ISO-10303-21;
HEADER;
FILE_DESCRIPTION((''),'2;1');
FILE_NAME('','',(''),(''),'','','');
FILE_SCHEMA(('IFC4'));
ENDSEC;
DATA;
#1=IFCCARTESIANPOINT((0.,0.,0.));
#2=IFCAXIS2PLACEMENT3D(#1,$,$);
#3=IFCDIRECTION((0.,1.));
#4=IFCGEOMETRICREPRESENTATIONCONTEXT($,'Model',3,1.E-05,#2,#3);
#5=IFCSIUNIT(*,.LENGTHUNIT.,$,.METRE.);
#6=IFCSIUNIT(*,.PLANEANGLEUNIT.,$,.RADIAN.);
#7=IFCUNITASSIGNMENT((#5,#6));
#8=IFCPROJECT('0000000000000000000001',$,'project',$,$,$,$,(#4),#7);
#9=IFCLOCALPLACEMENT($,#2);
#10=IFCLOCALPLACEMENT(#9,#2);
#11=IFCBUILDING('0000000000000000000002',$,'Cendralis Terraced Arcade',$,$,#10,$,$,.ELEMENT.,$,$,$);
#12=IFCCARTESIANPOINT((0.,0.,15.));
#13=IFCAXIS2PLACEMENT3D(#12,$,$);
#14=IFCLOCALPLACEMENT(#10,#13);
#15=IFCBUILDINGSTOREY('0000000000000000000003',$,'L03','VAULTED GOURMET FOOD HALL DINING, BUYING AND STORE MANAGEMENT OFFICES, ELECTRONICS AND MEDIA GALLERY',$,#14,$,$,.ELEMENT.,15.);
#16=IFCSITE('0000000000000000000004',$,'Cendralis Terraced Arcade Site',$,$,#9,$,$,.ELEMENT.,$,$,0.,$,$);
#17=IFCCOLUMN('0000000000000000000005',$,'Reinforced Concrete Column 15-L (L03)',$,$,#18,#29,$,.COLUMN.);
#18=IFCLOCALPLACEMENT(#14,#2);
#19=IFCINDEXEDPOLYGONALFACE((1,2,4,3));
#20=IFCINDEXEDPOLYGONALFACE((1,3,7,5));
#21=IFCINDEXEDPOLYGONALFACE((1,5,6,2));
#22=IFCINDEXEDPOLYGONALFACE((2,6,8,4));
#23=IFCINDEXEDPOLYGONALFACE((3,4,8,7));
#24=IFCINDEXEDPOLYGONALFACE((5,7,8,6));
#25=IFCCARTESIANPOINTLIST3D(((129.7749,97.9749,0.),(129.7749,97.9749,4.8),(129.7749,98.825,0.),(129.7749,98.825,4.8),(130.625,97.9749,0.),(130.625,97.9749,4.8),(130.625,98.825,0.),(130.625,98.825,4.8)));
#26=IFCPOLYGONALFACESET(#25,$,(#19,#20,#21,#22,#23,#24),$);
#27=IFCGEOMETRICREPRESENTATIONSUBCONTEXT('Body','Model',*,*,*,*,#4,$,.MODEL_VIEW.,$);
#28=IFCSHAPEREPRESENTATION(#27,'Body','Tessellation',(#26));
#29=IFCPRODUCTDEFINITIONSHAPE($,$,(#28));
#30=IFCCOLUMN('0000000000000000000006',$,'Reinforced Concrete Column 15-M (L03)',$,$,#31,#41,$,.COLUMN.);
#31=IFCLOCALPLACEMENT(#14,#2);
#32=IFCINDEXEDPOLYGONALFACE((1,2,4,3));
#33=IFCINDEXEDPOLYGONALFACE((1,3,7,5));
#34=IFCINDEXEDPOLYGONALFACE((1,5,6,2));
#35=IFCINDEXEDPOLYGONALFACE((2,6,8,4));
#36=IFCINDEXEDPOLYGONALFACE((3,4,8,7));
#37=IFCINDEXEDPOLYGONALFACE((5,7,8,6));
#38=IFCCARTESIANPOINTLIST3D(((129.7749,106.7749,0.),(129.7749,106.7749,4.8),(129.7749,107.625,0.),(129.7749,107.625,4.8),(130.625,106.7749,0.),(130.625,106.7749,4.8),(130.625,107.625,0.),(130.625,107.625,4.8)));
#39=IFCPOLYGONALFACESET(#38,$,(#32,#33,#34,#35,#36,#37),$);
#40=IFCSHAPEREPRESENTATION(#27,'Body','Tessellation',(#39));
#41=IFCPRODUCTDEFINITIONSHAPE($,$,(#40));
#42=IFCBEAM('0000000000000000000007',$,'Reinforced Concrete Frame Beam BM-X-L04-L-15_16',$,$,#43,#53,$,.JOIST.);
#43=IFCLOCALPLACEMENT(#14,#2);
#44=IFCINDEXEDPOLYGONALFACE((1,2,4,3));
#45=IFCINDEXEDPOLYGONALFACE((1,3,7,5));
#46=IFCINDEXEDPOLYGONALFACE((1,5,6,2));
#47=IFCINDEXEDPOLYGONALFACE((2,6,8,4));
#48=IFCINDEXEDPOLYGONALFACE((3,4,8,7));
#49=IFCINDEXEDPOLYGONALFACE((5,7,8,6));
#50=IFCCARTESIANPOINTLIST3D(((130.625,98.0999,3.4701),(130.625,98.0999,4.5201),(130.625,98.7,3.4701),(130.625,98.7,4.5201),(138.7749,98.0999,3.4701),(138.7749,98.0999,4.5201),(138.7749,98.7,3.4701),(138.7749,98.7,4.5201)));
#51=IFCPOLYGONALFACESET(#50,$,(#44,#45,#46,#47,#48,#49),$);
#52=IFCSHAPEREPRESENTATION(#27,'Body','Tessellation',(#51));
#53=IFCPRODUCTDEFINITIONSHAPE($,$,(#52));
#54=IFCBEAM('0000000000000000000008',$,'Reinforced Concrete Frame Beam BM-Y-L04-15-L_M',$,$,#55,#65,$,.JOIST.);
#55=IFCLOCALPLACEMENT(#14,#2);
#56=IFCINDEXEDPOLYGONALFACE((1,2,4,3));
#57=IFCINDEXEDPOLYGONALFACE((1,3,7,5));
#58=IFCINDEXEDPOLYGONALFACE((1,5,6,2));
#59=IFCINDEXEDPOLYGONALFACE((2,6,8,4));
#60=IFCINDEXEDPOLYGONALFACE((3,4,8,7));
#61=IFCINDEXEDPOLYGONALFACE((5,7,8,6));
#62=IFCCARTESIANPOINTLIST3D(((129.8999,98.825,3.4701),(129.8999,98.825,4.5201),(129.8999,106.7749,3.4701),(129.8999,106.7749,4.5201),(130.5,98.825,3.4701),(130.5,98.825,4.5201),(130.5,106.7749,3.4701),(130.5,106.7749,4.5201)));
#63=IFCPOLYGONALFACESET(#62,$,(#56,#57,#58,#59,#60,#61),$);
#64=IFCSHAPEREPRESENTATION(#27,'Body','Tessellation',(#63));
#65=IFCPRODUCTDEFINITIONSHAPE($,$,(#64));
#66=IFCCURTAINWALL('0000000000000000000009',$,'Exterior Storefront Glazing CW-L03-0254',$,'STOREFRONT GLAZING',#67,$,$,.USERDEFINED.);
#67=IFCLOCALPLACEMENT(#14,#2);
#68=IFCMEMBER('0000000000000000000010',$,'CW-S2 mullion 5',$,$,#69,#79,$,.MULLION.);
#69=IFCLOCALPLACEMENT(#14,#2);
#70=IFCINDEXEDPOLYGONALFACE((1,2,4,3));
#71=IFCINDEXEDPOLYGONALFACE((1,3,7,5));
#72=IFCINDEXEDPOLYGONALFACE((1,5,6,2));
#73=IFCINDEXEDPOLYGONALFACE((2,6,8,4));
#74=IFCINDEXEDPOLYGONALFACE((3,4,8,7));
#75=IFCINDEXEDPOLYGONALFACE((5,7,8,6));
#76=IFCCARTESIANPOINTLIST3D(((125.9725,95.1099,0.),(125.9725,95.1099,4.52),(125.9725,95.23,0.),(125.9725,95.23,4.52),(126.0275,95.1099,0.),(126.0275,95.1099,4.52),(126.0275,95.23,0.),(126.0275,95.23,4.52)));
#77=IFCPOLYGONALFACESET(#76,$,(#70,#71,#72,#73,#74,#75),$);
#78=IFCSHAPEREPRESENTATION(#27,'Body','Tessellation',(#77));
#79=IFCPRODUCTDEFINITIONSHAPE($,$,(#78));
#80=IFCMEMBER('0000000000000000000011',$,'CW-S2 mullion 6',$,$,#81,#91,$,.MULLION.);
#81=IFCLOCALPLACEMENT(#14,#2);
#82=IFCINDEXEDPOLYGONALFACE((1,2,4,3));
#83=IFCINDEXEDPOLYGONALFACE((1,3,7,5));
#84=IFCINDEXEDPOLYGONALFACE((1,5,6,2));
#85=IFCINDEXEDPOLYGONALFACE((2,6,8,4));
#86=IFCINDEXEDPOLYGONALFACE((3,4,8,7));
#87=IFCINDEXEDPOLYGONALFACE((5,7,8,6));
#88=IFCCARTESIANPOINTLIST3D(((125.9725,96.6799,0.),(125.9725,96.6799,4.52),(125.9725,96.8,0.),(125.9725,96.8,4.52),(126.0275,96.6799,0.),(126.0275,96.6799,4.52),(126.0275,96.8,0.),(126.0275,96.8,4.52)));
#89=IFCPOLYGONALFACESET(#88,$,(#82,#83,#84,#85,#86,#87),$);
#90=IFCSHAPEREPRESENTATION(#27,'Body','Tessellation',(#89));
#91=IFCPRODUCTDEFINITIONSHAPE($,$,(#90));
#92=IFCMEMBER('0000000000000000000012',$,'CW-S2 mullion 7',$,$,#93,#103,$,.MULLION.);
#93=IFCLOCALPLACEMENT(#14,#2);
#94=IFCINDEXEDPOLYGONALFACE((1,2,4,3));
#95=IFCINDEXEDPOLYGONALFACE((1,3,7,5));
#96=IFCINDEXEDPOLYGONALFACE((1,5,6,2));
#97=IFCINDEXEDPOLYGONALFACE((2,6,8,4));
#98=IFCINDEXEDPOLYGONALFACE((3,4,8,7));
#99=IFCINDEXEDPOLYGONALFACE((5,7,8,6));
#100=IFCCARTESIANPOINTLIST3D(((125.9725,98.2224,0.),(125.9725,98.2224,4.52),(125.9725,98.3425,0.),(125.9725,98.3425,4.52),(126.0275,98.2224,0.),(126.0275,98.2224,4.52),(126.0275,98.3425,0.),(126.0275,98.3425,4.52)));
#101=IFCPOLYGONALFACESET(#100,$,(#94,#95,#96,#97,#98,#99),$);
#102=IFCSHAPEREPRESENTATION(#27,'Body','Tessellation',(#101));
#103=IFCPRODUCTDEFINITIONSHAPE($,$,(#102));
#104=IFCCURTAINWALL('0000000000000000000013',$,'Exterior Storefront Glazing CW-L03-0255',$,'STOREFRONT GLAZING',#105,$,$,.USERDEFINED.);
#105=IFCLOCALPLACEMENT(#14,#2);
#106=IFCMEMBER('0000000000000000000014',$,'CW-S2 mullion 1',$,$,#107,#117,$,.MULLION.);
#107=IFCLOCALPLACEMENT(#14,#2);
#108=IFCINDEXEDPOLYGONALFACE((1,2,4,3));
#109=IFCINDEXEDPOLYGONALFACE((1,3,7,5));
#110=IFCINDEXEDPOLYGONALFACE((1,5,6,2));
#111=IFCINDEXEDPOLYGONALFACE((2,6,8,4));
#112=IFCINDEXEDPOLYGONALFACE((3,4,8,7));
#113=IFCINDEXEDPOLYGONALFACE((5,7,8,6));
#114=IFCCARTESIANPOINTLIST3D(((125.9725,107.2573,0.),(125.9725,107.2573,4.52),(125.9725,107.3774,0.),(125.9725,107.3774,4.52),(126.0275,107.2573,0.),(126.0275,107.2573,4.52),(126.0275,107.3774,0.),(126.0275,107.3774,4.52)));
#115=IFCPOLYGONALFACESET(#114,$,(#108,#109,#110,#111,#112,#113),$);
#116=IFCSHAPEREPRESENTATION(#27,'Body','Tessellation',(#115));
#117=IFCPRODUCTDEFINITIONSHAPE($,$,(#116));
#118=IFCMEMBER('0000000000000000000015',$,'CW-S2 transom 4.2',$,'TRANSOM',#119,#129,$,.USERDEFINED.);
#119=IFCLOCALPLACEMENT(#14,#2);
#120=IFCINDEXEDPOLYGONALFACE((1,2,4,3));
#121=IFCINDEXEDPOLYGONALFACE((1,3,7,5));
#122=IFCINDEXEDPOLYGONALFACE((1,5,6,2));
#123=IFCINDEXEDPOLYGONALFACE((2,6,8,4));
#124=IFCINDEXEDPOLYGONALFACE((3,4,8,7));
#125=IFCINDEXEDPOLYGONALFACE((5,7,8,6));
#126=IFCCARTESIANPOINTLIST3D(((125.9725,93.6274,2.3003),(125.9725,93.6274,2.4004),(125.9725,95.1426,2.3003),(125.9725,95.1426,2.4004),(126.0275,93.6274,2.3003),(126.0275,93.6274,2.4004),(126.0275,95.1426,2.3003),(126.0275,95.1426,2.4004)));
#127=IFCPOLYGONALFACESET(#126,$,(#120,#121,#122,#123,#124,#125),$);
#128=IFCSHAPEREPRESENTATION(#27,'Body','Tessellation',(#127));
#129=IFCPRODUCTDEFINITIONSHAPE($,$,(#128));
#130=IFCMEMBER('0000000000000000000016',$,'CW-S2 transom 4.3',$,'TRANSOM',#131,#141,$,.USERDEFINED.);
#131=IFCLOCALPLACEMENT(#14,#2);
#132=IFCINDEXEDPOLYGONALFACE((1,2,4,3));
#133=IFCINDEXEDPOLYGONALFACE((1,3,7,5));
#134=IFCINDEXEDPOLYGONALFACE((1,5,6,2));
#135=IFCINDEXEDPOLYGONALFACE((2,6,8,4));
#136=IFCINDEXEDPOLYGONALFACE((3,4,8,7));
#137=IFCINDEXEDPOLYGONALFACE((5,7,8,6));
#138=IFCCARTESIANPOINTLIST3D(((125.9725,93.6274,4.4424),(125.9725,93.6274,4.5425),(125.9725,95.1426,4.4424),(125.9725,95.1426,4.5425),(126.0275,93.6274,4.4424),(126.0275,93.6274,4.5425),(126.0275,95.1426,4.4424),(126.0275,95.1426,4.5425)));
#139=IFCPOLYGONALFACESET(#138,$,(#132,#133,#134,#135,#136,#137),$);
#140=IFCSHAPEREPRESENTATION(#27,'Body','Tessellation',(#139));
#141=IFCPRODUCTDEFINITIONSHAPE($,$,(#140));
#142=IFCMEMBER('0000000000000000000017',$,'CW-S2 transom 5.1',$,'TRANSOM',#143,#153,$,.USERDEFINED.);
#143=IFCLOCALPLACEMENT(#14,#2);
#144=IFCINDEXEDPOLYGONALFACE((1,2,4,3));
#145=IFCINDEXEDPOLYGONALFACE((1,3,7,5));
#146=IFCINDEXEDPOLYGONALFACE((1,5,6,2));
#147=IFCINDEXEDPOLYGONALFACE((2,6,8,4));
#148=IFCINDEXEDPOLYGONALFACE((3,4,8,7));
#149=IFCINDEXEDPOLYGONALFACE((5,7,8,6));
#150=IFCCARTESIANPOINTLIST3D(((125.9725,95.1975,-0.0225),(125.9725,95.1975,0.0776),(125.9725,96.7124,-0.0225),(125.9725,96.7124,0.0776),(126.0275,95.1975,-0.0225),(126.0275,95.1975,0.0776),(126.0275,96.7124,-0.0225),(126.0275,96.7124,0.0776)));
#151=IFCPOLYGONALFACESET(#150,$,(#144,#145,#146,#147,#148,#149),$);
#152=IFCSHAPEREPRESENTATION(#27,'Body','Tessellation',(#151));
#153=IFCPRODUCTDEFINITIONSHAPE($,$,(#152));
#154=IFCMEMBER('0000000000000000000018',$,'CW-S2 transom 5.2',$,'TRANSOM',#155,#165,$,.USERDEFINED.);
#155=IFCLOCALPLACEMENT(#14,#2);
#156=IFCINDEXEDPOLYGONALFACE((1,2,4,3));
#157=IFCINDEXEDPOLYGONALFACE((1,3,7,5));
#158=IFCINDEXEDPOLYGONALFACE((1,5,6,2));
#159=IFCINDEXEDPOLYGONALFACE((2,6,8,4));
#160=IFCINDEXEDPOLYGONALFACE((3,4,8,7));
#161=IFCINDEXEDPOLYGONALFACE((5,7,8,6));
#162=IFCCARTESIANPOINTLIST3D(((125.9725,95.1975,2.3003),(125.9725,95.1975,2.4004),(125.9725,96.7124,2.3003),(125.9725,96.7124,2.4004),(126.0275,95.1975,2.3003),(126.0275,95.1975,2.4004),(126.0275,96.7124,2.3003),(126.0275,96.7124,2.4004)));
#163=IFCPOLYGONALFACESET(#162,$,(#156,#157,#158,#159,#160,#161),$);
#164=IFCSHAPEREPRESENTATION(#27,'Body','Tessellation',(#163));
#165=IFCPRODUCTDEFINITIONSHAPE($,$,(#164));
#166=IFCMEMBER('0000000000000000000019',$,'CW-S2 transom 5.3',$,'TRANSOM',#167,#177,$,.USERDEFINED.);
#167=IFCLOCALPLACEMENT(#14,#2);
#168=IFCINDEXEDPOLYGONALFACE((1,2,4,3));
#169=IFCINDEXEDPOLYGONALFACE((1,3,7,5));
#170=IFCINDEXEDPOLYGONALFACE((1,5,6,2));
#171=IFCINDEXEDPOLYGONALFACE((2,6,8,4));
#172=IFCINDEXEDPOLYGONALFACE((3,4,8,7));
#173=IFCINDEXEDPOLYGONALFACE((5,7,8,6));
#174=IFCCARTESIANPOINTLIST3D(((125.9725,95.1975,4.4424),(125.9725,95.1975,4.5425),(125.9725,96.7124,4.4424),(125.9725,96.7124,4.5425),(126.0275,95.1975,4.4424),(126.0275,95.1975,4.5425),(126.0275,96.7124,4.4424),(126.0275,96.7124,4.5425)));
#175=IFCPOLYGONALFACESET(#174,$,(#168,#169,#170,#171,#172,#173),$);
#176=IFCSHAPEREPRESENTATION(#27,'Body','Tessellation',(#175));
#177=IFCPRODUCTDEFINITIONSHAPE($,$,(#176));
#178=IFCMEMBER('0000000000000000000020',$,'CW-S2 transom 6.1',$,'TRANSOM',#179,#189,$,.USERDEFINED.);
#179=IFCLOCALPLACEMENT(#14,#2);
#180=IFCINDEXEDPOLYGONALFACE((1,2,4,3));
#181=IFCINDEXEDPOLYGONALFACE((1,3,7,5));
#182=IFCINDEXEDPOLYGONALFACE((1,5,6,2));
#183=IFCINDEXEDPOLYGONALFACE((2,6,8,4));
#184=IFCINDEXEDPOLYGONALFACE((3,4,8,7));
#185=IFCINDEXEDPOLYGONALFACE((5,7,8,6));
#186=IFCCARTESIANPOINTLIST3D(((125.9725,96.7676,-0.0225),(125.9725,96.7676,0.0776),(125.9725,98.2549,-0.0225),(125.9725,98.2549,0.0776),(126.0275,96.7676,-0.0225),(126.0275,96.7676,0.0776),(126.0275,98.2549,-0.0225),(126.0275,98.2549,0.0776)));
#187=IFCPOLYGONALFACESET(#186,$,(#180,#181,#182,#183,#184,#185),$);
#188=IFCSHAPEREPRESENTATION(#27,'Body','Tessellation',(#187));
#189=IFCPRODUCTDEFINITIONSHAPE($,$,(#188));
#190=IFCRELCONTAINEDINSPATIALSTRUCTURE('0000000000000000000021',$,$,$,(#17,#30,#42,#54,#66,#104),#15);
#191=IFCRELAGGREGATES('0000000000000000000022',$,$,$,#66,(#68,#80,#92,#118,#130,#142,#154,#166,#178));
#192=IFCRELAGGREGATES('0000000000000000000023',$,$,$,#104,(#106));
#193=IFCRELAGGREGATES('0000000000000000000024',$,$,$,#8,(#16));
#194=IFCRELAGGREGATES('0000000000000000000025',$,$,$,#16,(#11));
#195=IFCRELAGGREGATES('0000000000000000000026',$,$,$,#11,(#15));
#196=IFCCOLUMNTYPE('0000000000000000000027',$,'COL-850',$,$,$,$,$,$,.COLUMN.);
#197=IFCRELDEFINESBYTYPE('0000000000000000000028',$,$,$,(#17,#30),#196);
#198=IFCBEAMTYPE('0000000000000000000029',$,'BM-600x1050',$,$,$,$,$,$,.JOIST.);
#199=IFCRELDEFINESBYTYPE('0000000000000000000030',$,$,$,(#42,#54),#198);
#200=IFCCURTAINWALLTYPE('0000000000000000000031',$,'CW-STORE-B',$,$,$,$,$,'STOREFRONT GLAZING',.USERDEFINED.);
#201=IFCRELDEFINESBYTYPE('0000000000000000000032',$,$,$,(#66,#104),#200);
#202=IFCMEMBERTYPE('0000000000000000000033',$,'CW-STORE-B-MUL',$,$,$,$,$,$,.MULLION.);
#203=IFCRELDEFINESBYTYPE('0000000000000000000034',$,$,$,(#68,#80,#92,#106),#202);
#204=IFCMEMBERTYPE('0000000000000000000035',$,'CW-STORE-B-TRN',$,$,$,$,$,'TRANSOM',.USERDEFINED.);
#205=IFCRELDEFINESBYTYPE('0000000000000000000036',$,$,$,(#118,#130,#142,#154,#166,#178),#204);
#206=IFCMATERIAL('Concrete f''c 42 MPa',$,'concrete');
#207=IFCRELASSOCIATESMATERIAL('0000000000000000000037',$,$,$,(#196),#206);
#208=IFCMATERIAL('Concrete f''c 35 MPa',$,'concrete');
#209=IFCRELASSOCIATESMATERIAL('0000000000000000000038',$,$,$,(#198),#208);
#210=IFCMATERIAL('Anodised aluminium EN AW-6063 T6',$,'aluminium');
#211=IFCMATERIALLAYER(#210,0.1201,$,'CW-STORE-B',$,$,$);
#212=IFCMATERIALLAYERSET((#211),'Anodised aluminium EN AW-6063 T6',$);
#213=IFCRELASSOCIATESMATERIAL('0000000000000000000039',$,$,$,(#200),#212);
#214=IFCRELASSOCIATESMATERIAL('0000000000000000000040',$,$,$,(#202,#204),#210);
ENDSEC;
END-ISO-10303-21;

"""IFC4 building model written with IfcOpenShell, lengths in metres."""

from ifc_helpers import new_model, si_unit, direction, frame, origin, origin_2d, place, context, subcontext, project, spatial, rectangle, extrude, material, layer, layer_set, material_profile, profile_set, type_object, element, aggregate, save


model = new_model("IFC4")

# Units and contexts
model_context = context("Model", 3, precision=1e-05, world=origin(), true_north=direction((0.0, 1.0)))
body_context = subcontext(model_context, "Body", "Model", "MODEL_VIEW")
ifc_project = project(units=[si_unit("LENGTHUNIT", "METRE"), si_unit("PLANEANGLEUNIT", "RADIAN")], contexts=[model_context])

# Site, building, storey
site_placement = place(None, origin())
site = spatial("IfcSite", under=ifc_project, at=site_placement, Name="Cendralis Terraced Arcade Site", CompositionType="ELEMENT", RefElevation=0.0)
building_placement = place(site_placement, origin())
building = spatial("IfcBuilding", under=site, at=building_placement, Name="Cendralis Terraced Arcade", CompositionType="ELEMENT")
storey_placement = place(building_placement, frame((0.0, 0.0, 15.0)))
storey = spatial("IfcBuildingStorey", under=building, at=storey_placement, Name="L03", Description="VAULTED GOURMET FOOD HALL DINING, BUYING AND STORE MANAGEMENT OFFICES, ELECTRONICS AND MEDIA GALLERY", CompositionType="ELEMENT", Elevation=15.0)

# Columns
ifc_material_1 = material(Name="Concrete f'c 42 MPa", Category="concrete")
ifc_material_profile_1 = material_profile(ifc_material_1, rectangle(XDim=0.8501, YDim=0.8501, at=origin_2d()), Name="RC-COL-850x850", Category="LoadBearing")
ifc_profile_set_1 = profile_set([ifc_material_profile_1], Name="Concrete f'c 42 MPa")
column_type = type_object("IfcColumnType", Name="COL-850", PredefinedType="COLUMN", material=ifc_profile_set_1)
for number, where, z_axis, x_axis, name in (
    (1, (130.2, 98.3999, 0.0), (0.0, 0.0, 1.0), (1.0, 0.0, 0.0), "Reinforced Concrete Column 15-L (L03)"),
    (2, (130.2, 107.2, 0.0), (0.0, 0.0, 1.0), (1.0, 0.0, 0.0), "Reinforced Concrete Column 15-M (L03)"),
):
    element("IfcColumn", number, at=place(storey_placement, frame(where, z_axis=z_axis, x_axis=x_axis)), inside=storey, type_object=column_type, Name=name, PredefinedType="COLUMN", context=body_context, shape_type="SweptSolid", body=[
        extrude(rectangle(XDim=0.8501, YDim=0.8501, at=origin_2d()), origin(), (0.0, 0.0, 1.0), 4.8),
    ])

# Beams
ifc_material_2 = material(Name="Concrete f'c 35 MPa", Category="concrete")
ifc_material_profile_2 = material_profile(ifc_material_2, rectangle(XDim=0.6001, YDim=1.05, at=origin_2d()), Name="RC-BM-600x1050", Category="LoadBearing")
ifc_profile_set_2 = profile_set([ifc_material_profile_2], Name="Concrete f'c 35 MPa")
beam_type = type_object("IfcBeamType", Name="BM-600x1050", PredefinedType="JOIST", material=ifc_profile_set_2)
beam_1_placement = place(storey_placement, frame((130.625, 98.3999, 3.9951), z_axis=(1.0, 0.0, 0.0), x_axis=(0.0, 1.0, 0.0)))
element("IfcBeam", 3, at=beam_1_placement, inside=storey, type_object=beam_type, Name="Reinforced Concrete Frame Beam BM-X-L04-L-15_16", PredefinedType="JOIST", context=body_context, shape_type="SweptSolid", body=[
    extrude(rectangle(XDim=0.6001, YDim=1.05, at=origin_2d()), origin(), (0.0, 0.0, 1.0), 8.1499),
])
beam_2_placement = place(storey_placement, frame((130.2, 98.825, 3.9951), z_axis=(0.0, 1.0, 0.0), x_axis=(-1.0, 0.0, 0.0)))
element("IfcBeam", 4, at=beam_2_placement, inside=storey, type_object=beam_type, Name="Reinforced Concrete Frame Beam BM-Y-L04-15-L_M", PredefinedType="JOIST", context=body_context, shape_type="SweptSolid", body=[
    extrude(rectangle(XDim=0.6001, YDim=1.05, at=origin_2d()), origin(), (0.0, 0.0, 1.0), 7.95),
])

# Curtain wall, members
ifc_material_3 = material(Name="Anodised aluminium EN AW-6063 T6", Category="aluminium")
ifc_layer_1 = layer(ifc_material_3, 0.1201, Name="CW-STORE-B")
ifc_layer_set_1 = layer_set([ifc_layer_1], Name="Anodised aluminium EN AW-6063 T6")
curtain_wall_type = type_object("IfcCurtainWallType", Name="CW-STORE-B", ElementType="STOREFRONT GLAZING", PredefinedType="USERDEFINED", material=ifc_layer_set_1)
curtain_wall_1_placement = place(storey_placement, origin())
curtain_wall_1 = element("IfcCurtainWall", 5, at=curtain_wall_1_placement, inside=storey, type_object=curtain_wall_type, Name="Exterior Storefront Glazing CW-L03-0254", ObjectType="STOREFRONT GLAZING", PredefinedType="USERDEFINED")
ifc_material_profile_3 = material_profile(ifc_material_3, rectangle(XDim=0.0549, YDim=0.1201, at=origin_2d()), Name="ALU-MUL-55x120")
ifc_profile_set_3 = profile_set([ifc_material_profile_3], Name="Anodised aluminium EN AW-6063 T6")
member_type_1 = type_object("IfcMemberType", Name="CW-STORE-B-MUL", PredefinedType="MULLION", material=ifc_profile_set_3)
member_1_placement = place(storey_placement, frame((126.0, 95.1699, 0.0), z_axis=(0.0, 0.0, 1.0), x_axis=(-1.0, 0.0, 0.0)))
member_1 = element("IfcMember", 6, at=member_1_placement, type_object=member_type_1, Name="CW-S2 mullion 5", PredefinedType="MULLION", context=body_context, shape_type="SweptSolid", body=[
    extrude(rectangle(XDim=0.0549, YDim=0.1201, at=origin_2d()), origin(), (0.0, 0.0, 1.0), 4.52),
])
member_2_placement = place(storey_placement, frame((126.0, 96.74, 0.0), z_axis=(0.0, 0.0, 1.0), x_axis=(-1.0, 0.0, 0.0)))
member_2 = element("IfcMember", 7, at=member_2_placement, type_object=member_type_1, Name="CW-S2 mullion 6", PredefinedType="MULLION", context=body_context, shape_type="SweptSolid", body=[
    extrude(rectangle(XDim=0.0549, YDim=0.1201, at=origin_2d()), origin(), (0.0, 0.0, 1.0), 4.52),
])
member_3_placement = place(storey_placement, frame((126.0, 98.2825, 0.0), z_axis=(0.0, 0.0, 1.0), x_axis=(-1.0, 0.0, 0.0)))
member_3 = element("IfcMember", 8, at=member_3_placement, type_object=member_type_1, Name="CW-S2 mullion 7", PredefinedType="MULLION", context=body_context, shape_type="SweptSolid", body=[
    extrude(rectangle(XDim=0.0549, YDim=0.1201, at=origin_2d()), origin(), (0.0, 0.0, 1.0), 4.52),
])

# Curtain wall, member
curtain_wall_2_placement = place(storey_placement, origin())
curtain_wall_2 = element("IfcCurtainWall", 9, at=curtain_wall_2_placement, inside=storey, type_object=curtain_wall_type, Name="Exterior Storefront Glazing CW-L03-0255", ObjectType="STOREFRONT GLAZING", PredefinedType="USERDEFINED")
member_4_placement = place(storey_placement, frame((126.0, 107.3174, 0.0), z_axis=(0.0, 0.0, 1.0), x_axis=(-1.0, 0.0, 0.0)))
member_4 = element("IfcMember", 10, at=member_4_placement, type_object=member_type_1, Name="CW-S2 mullion 1", PredefinedType="MULLION", context=body_context, shape_type="SweptSolid", body=[
    extrude(rectangle(XDim=0.0549, YDim=0.1201, at=origin_2d()), origin(), (0.0, 0.0, 1.0), 4.52),
])

# Members
ifc_material_profile_4 = material_profile(ifc_material_3, rectangle(XDim=0.0549, YDim=0.1001, at=origin_2d()), Name="ALU-TRN-55x100")
ifc_profile_set_4 = profile_set([ifc_material_profile_4], Name="Anodised aluminium EN AW-6063 T6")
member_type_2 = type_object("IfcMemberType", Name="CW-STORE-B-TRN", ElementType="TRANSOM", PredefinedType="USERDEFINED", material=ifc_profile_set_4)
member_5_placement = place(storey_placement, frame((126.0, 93.6274, 2.3503), z_axis=(0.0, 1.0, 0.0), x_axis=(-1.0, 0.0, 0.0)))
member_5 = element("IfcMember", 11, at=member_5_placement, type_object=member_type_2, Name="CW-S2 transom 4.2", ObjectType="TRANSOM", PredefinedType="USERDEFINED", context=body_context, shape_type="SweptSolid", body=[
    extrude(rectangle(XDim=0.0549, YDim=0.1001, at=origin_2d()), origin(), (0.0, 0.0, 1.0), 1.5151),
])
member_6_placement = place(storey_placement, frame((126.0, 93.6274, 4.4924), z_axis=(0.0, 1.0, 0.0), x_axis=(-1.0, 0.0, 0.0)))
member_6 = element("IfcMember", 12, at=member_6_placement, type_object=member_type_2, Name="CW-S2 transom 4.3", ObjectType="TRANSOM", PredefinedType="USERDEFINED", context=body_context, shape_type="SweptSolid", body=[
    extrude(rectangle(XDim=0.0549, YDim=0.1001, at=origin_2d()), origin(), (0.0, 0.0, 1.0), 1.5151),
])
member_7_placement = place(storey_placement, frame((126.0, 95.1975, 0.0276), z_axis=(0.0, 1.0, 0.0), x_axis=(-1.0, 0.0, 0.0)))
member_7 = element("IfcMember", 13, at=member_7_placement, type_object=member_type_2, Name="CW-S2 transom 5.1", ObjectType="TRANSOM", PredefinedType="USERDEFINED", context=body_context, shape_type="SweptSolid", body=[
    extrude(rectangle(XDim=0.0549, YDim=0.1001, at=origin_2d()), origin(), (0.0, 0.0, 1.0), 1.5149),
])
member_8_placement = place(storey_placement, frame((126.0, 95.1975, 2.3503), z_axis=(0.0, 1.0, 0.0), x_axis=(-1.0, 0.0, 0.0)))
member_8 = element("IfcMember", 14, at=member_8_placement, type_object=member_type_2, Name="CW-S2 transom 5.2", ObjectType="TRANSOM", PredefinedType="USERDEFINED", context=body_context, shape_type="SweptSolid", body=[
    extrude(rectangle(XDim=0.0549, YDim=0.1001, at=origin_2d()), origin(), (0.0, 0.0, 1.0), 1.5149),
])
member_9_placement = place(storey_placement, frame((126.0, 95.1975, 4.4924), z_axis=(0.0, 1.0, 0.0), x_axis=(-1.0, 0.0, 0.0)))
member_9 = element("IfcMember", 15, at=member_9_placement, type_object=member_type_2, Name="CW-S2 transom 5.3", ObjectType="TRANSOM", PredefinedType="USERDEFINED", context=body_context, shape_type="SweptSolid", body=[
    extrude(rectangle(XDim=0.0549, YDim=0.1001, at=origin_2d()), origin(), (0.0, 0.0, 1.0), 1.5149),
])
member_10_placement = place(storey_placement, frame((126.0, 96.7676, 0.0276), z_axis=(0.0, 1.0, 0.0), x_axis=(-1.0, 0.0, 0.0)))
member_10 = element("IfcMember", 16, at=member_10_placement, type_object=member_type_2, Name="CW-S2 transom 6.1", ObjectType="TRANSOM", PredefinedType="USERDEFINED", context=body_context, shape_type="SweptSolid", body=[
    extrude(rectangle(XDim=0.0549, YDim=0.1001, at=origin_2d()), origin(), (0.0, 0.0, 1.0), 1.4873),
])

aggregate(curtain_wall_1, [member_1, member_2, member_3, member_5, member_6, member_7, member_8, member_9, member_10])
aggregate(curtain_wall_2, [member_4])

save(model, "model.ifc")
